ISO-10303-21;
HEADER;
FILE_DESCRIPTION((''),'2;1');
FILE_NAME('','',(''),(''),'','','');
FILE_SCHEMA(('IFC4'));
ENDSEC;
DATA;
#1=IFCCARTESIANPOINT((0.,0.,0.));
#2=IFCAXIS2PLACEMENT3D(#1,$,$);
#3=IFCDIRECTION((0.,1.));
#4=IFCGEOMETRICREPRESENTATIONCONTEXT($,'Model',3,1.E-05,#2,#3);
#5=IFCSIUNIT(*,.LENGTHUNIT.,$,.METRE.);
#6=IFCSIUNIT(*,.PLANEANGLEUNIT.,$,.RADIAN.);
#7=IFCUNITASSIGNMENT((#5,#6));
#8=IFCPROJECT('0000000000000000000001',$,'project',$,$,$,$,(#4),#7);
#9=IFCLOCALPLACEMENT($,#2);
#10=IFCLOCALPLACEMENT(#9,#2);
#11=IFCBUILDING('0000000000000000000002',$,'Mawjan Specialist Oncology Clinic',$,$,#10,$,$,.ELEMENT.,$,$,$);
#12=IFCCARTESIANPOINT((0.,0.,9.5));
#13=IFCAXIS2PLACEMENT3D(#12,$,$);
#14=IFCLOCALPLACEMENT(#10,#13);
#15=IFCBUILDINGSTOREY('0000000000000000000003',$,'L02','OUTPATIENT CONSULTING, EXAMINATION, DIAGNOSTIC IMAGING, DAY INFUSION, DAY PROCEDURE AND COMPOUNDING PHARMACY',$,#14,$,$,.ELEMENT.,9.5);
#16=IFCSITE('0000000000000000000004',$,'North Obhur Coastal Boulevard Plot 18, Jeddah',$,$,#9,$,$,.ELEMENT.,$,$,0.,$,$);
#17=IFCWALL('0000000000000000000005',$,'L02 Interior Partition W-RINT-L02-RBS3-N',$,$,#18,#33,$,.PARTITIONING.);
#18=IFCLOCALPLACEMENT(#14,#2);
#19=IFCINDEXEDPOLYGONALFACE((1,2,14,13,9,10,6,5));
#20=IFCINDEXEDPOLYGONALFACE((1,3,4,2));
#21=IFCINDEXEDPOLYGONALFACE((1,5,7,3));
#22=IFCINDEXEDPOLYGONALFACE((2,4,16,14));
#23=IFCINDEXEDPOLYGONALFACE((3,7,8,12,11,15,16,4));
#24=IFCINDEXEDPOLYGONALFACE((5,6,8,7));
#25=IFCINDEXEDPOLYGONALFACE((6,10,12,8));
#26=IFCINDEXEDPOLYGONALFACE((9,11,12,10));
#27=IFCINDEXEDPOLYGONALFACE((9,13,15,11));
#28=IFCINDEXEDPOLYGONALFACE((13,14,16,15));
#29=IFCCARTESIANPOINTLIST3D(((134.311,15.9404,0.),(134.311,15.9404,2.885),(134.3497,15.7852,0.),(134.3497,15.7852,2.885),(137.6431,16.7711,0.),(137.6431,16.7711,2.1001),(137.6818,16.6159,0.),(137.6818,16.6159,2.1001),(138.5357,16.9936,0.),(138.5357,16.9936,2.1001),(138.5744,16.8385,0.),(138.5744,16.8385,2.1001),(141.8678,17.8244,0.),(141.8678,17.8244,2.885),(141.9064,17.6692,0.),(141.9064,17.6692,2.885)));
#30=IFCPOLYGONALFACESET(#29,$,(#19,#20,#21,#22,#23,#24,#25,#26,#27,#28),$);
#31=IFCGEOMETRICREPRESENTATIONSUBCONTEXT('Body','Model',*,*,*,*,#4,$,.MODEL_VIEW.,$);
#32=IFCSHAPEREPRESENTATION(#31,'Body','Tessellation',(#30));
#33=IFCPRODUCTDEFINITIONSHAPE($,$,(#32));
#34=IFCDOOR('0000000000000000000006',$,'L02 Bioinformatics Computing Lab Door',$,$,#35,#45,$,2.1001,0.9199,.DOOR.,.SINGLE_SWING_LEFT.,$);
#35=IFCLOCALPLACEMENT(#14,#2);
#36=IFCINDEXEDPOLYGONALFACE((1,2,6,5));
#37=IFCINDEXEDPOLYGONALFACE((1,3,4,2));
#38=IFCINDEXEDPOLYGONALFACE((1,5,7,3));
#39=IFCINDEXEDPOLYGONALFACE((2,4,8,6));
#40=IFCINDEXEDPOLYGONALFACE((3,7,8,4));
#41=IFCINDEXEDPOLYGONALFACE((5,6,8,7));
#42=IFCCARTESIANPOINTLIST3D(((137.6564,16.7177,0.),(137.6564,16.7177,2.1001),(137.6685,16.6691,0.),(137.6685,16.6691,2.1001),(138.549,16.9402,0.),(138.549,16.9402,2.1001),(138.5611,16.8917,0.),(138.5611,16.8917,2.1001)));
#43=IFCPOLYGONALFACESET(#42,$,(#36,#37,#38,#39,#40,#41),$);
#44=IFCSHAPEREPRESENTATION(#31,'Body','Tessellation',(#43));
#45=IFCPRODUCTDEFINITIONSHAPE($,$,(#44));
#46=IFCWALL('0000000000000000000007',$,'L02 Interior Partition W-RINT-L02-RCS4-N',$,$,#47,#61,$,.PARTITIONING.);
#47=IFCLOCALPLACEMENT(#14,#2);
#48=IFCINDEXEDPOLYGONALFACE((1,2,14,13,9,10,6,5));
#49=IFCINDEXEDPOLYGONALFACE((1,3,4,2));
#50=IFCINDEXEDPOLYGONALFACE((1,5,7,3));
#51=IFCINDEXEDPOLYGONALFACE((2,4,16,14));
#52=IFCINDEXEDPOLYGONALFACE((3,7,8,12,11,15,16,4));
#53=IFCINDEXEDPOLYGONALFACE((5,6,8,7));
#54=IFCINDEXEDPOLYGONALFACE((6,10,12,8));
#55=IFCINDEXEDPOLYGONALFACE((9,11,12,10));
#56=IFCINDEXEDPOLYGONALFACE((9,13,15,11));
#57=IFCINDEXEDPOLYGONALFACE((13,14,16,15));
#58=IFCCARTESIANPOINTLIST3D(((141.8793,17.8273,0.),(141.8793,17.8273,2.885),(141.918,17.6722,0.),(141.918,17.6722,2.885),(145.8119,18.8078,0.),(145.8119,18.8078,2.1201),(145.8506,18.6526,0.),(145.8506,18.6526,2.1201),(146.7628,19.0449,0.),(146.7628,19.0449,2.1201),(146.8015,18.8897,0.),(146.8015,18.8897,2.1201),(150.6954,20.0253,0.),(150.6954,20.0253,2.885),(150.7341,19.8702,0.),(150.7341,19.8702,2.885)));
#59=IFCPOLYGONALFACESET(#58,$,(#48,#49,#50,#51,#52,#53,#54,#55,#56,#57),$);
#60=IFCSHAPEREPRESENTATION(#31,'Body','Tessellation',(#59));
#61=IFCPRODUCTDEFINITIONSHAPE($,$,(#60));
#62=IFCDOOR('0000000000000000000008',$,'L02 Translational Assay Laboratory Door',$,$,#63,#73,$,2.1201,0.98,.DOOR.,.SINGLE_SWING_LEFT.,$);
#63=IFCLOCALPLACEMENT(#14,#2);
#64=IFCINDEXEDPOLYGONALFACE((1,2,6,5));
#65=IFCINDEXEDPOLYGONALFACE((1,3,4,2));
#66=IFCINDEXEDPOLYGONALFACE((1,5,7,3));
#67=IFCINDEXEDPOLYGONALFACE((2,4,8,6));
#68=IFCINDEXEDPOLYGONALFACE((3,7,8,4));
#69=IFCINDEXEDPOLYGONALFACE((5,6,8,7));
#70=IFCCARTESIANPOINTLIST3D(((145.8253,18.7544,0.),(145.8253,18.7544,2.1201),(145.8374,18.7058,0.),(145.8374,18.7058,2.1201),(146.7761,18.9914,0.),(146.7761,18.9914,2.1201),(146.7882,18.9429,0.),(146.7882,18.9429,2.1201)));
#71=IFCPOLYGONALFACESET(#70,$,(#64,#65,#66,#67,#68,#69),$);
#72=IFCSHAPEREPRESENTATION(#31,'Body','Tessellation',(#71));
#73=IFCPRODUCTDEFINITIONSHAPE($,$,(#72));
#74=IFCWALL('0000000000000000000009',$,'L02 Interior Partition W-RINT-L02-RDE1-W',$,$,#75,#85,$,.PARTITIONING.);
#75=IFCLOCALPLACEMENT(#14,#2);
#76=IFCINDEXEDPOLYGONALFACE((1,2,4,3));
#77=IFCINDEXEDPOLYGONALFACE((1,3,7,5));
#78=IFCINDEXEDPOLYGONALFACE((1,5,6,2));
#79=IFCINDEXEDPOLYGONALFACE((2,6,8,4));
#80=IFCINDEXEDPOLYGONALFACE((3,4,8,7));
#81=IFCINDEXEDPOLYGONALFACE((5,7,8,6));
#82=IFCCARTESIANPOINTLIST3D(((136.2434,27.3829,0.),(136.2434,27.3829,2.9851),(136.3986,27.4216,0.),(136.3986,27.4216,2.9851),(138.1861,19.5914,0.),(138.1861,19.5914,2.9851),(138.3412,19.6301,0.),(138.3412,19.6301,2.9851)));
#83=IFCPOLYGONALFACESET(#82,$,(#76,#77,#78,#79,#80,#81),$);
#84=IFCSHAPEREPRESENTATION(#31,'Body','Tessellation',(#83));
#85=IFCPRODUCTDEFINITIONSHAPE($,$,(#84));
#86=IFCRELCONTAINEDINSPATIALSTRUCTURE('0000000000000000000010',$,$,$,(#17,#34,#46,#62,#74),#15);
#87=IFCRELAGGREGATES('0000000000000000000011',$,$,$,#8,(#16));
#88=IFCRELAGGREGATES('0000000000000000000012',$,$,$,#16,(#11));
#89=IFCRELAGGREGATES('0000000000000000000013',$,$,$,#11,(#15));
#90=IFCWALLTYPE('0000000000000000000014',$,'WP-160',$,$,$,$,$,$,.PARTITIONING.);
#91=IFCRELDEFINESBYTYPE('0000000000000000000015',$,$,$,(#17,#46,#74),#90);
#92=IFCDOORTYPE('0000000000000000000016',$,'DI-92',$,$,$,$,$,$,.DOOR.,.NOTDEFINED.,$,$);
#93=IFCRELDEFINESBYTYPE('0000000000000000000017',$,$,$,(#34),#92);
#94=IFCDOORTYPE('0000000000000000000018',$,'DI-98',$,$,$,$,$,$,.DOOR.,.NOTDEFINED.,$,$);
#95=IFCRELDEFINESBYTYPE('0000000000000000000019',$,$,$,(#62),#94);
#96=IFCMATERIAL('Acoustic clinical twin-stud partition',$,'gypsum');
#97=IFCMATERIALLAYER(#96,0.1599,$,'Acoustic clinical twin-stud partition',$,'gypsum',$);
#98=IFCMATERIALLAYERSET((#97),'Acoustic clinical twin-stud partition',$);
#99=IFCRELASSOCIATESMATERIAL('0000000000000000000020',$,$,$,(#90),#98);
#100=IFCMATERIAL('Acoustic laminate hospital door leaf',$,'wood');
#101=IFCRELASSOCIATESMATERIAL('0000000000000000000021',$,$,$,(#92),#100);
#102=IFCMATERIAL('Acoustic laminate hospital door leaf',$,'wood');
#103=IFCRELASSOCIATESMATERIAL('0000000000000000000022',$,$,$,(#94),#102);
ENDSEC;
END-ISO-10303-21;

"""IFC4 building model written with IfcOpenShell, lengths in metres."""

from ifc_helpers import new_model, si_unit, direction, frame, frame_2d, origin, place, context, subcontext, project, spatial, rectangle, extrude, material, layer, layer_set, type_object, element, fill, save


model = new_model("IFC4")

# Units and contexts
model_context = context("Model", 3, precision=1e-05, world=origin(), true_north=direction((0.0, 1.0)))
body_context = subcontext(model_context, "Body", "Model", "MODEL_VIEW")
ifc_project = project(units=[si_unit("LENGTHUNIT", "METRE"), si_unit("PLANEANGLEUNIT", "RADIAN")], contexts=[model_context])

# Site, building, storey
site_placement = place(None, origin())
site = spatial("IfcSite", under=ifc_project, at=site_placement, Name="North Obhur Coastal Boulevard Plot 18, Jeddah", CompositionType="ELEMENT", RefElevation=0.0)
building_placement = place(site_placement, origin())
building = spatial("IfcBuilding", under=site, at=building_placement, Name="Mawjan Specialist Oncology Clinic", CompositionType="ELEMENT")
storey_placement = place(building_placement, frame((0.0, 0.0, 9.5)))
storey = spatial("IfcBuildingStorey", under=building, at=storey_placement, Name="L02", Description="OUTPATIENT CONSULTING, EXAMINATION, DIAGNOSTIC IMAGING, DAY INFUSION, DAY PROCEDURE AND COMPOUNDING PHARMACY", CompositionType="ELEMENT", Elevation=9.5)

# Walls, openings, doors
ifc_material_1 = material(Name="Acoustic clinical twin-stud partition", Category="gypsum")
ifc_layer_1 = layer(ifc_material_1, 0.1599, Name="Acoustic clinical twin-stud partition", Category="gypsum")
ifc_layer_set_1 = layer_set([ifc_layer_1], Name="Acoustic clinical twin-stud partition")
wall_type_1 = type_object("IfcWallType", Name="WP-160", PredefinedType="PARTITIONING", material=ifc_layer_set_1)
wall_1_placement = place(storey_placement, frame((134.3303, 15.8628, 0.0), z_axis=(0.0, 0.0, 1.0), x_axis=(0.970299, 0.241909, 0.0)))
wall_1 = element("IfcWall", 1, at=wall_1_placement, inside=storey, type_object=wall_type_1, Name="L02 Interior Partition W-RINT-L02-RBS3-N", PredefinedType="PARTITIONING", context=body_context, shape_type="SweptSolid", body=[
    extrude(rectangle(XDim=7.7881, YDim=0.1599, at=frame_2d((3.894, 0.0))), origin(), (0.0, 0.0, 1.0), 2.885),
])
opening_1_placement = place(wall_1_placement, frame((3.4341, 0.0, 0.0)))
opening_1 = element("IfcOpeningElement", 2, at=opening_1_placement, cuts=wall_1, PredefinedType="OPENING", context=body_context, shape_type="SweptSolid", body=[
    extrude(rectangle(XDim=0.9199, YDim=2.1001, at=frame_2d((0.46, 1.05))), frame((0.0, 0.092, 0.0), z_axis=(0.0, -1.0, 0.0), x_axis=(1.0, 0.0, 0.0)), (0.0, 0.0, 1.0), 0.1838),
])
ifc_material_2 = material(Name="Acoustic laminate hospital door leaf", Category="wood")
door_type_1 = type_object("IfcDoorType", Name="DI-92", OperationType="NOTDEFINED", PredefinedType="DOOR", material=ifc_material_2)
door_1_placement = place(opening_1_placement, origin())
door_1 = element("IfcDoor", 3, at=door_1_placement, inside=storey, type_object=door_type_1, Name="L02 Bioinformatics Computing Lab Door", OperationType="SINGLE_SWING_LEFT", OverallHeight=2.1001, OverallWidth=0.9199, PredefinedType="DOOR", context=body_context, shape_type="SweptSolid", body=[
    extrude(rectangle(XDim=0.9199, YDim=2.1001, at=frame_2d((0.46, 1.05))), frame((0.0, 0.0249, 0.0), z_axis=(0.0, -1.0, 0.0), x_axis=(1.0, 0.0, 0.0)), (0.0, 0.0, 1.0), 0.05),
])
fill(opening_1, door_1)
wall_2_placement = place(storey_placement, frame((141.8987, 17.7498, 0.0), z_axis=(0.0, 0.0, 1.0), x_axis=(0.970299, 0.24191, 0.0)))
wall_2 = element("IfcWall", 4, at=wall_2_placement, inside=storey, type_object=wall_type_1, Name="L02 Interior Partition W-RINT-L02-RCS4-N", PredefinedType="PARTITIONING", context=body_context, shape_type="SweptSolid", body=[
    extrude(rectangle(XDim=9.0859, YDim=0.1599, at=frame_2d((4.543, 0.0))), origin(), (0.0, 0.0, 1.0), 2.885),
])
opening_2_placement = place(wall_2_placement, frame((4.053, 0.0, 0.0)))
opening_2 = element("IfcOpeningElement", 5, at=opening_2_placement, cuts=wall_2, PredefinedType="OPENING", context=body_context, shape_type="SweptSolid", body=[
    extrude(rectangle(XDim=0.98, YDim=2.1201, at=frame_2d((0.49, 1.0601))), frame((0.0, 0.092, 0.0), z_axis=(0.0, -1.0, 0.0), x_axis=(1.0, 0.0, 0.0)), (0.0, 0.0, 1.0), 0.1838),
])
ifc_material_3 = material(Name="Acoustic laminate hospital door leaf", Category="wood")
door_type_2 = type_object("IfcDoorType", Name="DI-98", OperationType="NOTDEFINED", PredefinedType="DOOR", material=ifc_material_3)
door_2_placement = place(opening_2_placement, origin())
door_2 = element("IfcDoor", 6, at=door_2_placement, inside=storey, type_object=door_type_2, Name="L02 Translational Assay Laboratory Door", OperationType="SINGLE_SWING_LEFT", OverallHeight=2.1201, OverallWidth=0.98, PredefinedType="DOOR", context=body_context, shape_type="SweptSolid", body=[
    extrude(rectangle(XDim=0.98, YDim=2.1201, at=frame_2d((0.49, 1.0601))), frame((0.0, 0.0249, 0.0), z_axis=(0.0, -1.0, 0.0), x_axis=(1.0, 0.0, 0.0)), (0.0, 0.0, 1.0), 0.05),
])
fill(opening_2, door_2)

# Wall
wall_3_placement = place(storey_placement, frame((138.2637, 19.6106, 0.0), z_axis=(0.0, 0.0, 1.0), x_axis=(-0.24192, 0.970296, 0.0)))
element("IfcWall", 7, at=wall_3_placement, inside=storey, type_object=wall_type_1, Name="L02 Interior Partition W-RINT-L02-RDE1-W", PredefinedType="PARTITIONING", context=body_context, shape_type="SweptSolid", body=[
    extrude(rectangle(XDim=8.03, YDim=0.1599, at=frame_2d((4.0151, 0.0))), origin(), (0.0, 0.0, 1.0), 2.9851),
])

save(model, "model.ifc")
